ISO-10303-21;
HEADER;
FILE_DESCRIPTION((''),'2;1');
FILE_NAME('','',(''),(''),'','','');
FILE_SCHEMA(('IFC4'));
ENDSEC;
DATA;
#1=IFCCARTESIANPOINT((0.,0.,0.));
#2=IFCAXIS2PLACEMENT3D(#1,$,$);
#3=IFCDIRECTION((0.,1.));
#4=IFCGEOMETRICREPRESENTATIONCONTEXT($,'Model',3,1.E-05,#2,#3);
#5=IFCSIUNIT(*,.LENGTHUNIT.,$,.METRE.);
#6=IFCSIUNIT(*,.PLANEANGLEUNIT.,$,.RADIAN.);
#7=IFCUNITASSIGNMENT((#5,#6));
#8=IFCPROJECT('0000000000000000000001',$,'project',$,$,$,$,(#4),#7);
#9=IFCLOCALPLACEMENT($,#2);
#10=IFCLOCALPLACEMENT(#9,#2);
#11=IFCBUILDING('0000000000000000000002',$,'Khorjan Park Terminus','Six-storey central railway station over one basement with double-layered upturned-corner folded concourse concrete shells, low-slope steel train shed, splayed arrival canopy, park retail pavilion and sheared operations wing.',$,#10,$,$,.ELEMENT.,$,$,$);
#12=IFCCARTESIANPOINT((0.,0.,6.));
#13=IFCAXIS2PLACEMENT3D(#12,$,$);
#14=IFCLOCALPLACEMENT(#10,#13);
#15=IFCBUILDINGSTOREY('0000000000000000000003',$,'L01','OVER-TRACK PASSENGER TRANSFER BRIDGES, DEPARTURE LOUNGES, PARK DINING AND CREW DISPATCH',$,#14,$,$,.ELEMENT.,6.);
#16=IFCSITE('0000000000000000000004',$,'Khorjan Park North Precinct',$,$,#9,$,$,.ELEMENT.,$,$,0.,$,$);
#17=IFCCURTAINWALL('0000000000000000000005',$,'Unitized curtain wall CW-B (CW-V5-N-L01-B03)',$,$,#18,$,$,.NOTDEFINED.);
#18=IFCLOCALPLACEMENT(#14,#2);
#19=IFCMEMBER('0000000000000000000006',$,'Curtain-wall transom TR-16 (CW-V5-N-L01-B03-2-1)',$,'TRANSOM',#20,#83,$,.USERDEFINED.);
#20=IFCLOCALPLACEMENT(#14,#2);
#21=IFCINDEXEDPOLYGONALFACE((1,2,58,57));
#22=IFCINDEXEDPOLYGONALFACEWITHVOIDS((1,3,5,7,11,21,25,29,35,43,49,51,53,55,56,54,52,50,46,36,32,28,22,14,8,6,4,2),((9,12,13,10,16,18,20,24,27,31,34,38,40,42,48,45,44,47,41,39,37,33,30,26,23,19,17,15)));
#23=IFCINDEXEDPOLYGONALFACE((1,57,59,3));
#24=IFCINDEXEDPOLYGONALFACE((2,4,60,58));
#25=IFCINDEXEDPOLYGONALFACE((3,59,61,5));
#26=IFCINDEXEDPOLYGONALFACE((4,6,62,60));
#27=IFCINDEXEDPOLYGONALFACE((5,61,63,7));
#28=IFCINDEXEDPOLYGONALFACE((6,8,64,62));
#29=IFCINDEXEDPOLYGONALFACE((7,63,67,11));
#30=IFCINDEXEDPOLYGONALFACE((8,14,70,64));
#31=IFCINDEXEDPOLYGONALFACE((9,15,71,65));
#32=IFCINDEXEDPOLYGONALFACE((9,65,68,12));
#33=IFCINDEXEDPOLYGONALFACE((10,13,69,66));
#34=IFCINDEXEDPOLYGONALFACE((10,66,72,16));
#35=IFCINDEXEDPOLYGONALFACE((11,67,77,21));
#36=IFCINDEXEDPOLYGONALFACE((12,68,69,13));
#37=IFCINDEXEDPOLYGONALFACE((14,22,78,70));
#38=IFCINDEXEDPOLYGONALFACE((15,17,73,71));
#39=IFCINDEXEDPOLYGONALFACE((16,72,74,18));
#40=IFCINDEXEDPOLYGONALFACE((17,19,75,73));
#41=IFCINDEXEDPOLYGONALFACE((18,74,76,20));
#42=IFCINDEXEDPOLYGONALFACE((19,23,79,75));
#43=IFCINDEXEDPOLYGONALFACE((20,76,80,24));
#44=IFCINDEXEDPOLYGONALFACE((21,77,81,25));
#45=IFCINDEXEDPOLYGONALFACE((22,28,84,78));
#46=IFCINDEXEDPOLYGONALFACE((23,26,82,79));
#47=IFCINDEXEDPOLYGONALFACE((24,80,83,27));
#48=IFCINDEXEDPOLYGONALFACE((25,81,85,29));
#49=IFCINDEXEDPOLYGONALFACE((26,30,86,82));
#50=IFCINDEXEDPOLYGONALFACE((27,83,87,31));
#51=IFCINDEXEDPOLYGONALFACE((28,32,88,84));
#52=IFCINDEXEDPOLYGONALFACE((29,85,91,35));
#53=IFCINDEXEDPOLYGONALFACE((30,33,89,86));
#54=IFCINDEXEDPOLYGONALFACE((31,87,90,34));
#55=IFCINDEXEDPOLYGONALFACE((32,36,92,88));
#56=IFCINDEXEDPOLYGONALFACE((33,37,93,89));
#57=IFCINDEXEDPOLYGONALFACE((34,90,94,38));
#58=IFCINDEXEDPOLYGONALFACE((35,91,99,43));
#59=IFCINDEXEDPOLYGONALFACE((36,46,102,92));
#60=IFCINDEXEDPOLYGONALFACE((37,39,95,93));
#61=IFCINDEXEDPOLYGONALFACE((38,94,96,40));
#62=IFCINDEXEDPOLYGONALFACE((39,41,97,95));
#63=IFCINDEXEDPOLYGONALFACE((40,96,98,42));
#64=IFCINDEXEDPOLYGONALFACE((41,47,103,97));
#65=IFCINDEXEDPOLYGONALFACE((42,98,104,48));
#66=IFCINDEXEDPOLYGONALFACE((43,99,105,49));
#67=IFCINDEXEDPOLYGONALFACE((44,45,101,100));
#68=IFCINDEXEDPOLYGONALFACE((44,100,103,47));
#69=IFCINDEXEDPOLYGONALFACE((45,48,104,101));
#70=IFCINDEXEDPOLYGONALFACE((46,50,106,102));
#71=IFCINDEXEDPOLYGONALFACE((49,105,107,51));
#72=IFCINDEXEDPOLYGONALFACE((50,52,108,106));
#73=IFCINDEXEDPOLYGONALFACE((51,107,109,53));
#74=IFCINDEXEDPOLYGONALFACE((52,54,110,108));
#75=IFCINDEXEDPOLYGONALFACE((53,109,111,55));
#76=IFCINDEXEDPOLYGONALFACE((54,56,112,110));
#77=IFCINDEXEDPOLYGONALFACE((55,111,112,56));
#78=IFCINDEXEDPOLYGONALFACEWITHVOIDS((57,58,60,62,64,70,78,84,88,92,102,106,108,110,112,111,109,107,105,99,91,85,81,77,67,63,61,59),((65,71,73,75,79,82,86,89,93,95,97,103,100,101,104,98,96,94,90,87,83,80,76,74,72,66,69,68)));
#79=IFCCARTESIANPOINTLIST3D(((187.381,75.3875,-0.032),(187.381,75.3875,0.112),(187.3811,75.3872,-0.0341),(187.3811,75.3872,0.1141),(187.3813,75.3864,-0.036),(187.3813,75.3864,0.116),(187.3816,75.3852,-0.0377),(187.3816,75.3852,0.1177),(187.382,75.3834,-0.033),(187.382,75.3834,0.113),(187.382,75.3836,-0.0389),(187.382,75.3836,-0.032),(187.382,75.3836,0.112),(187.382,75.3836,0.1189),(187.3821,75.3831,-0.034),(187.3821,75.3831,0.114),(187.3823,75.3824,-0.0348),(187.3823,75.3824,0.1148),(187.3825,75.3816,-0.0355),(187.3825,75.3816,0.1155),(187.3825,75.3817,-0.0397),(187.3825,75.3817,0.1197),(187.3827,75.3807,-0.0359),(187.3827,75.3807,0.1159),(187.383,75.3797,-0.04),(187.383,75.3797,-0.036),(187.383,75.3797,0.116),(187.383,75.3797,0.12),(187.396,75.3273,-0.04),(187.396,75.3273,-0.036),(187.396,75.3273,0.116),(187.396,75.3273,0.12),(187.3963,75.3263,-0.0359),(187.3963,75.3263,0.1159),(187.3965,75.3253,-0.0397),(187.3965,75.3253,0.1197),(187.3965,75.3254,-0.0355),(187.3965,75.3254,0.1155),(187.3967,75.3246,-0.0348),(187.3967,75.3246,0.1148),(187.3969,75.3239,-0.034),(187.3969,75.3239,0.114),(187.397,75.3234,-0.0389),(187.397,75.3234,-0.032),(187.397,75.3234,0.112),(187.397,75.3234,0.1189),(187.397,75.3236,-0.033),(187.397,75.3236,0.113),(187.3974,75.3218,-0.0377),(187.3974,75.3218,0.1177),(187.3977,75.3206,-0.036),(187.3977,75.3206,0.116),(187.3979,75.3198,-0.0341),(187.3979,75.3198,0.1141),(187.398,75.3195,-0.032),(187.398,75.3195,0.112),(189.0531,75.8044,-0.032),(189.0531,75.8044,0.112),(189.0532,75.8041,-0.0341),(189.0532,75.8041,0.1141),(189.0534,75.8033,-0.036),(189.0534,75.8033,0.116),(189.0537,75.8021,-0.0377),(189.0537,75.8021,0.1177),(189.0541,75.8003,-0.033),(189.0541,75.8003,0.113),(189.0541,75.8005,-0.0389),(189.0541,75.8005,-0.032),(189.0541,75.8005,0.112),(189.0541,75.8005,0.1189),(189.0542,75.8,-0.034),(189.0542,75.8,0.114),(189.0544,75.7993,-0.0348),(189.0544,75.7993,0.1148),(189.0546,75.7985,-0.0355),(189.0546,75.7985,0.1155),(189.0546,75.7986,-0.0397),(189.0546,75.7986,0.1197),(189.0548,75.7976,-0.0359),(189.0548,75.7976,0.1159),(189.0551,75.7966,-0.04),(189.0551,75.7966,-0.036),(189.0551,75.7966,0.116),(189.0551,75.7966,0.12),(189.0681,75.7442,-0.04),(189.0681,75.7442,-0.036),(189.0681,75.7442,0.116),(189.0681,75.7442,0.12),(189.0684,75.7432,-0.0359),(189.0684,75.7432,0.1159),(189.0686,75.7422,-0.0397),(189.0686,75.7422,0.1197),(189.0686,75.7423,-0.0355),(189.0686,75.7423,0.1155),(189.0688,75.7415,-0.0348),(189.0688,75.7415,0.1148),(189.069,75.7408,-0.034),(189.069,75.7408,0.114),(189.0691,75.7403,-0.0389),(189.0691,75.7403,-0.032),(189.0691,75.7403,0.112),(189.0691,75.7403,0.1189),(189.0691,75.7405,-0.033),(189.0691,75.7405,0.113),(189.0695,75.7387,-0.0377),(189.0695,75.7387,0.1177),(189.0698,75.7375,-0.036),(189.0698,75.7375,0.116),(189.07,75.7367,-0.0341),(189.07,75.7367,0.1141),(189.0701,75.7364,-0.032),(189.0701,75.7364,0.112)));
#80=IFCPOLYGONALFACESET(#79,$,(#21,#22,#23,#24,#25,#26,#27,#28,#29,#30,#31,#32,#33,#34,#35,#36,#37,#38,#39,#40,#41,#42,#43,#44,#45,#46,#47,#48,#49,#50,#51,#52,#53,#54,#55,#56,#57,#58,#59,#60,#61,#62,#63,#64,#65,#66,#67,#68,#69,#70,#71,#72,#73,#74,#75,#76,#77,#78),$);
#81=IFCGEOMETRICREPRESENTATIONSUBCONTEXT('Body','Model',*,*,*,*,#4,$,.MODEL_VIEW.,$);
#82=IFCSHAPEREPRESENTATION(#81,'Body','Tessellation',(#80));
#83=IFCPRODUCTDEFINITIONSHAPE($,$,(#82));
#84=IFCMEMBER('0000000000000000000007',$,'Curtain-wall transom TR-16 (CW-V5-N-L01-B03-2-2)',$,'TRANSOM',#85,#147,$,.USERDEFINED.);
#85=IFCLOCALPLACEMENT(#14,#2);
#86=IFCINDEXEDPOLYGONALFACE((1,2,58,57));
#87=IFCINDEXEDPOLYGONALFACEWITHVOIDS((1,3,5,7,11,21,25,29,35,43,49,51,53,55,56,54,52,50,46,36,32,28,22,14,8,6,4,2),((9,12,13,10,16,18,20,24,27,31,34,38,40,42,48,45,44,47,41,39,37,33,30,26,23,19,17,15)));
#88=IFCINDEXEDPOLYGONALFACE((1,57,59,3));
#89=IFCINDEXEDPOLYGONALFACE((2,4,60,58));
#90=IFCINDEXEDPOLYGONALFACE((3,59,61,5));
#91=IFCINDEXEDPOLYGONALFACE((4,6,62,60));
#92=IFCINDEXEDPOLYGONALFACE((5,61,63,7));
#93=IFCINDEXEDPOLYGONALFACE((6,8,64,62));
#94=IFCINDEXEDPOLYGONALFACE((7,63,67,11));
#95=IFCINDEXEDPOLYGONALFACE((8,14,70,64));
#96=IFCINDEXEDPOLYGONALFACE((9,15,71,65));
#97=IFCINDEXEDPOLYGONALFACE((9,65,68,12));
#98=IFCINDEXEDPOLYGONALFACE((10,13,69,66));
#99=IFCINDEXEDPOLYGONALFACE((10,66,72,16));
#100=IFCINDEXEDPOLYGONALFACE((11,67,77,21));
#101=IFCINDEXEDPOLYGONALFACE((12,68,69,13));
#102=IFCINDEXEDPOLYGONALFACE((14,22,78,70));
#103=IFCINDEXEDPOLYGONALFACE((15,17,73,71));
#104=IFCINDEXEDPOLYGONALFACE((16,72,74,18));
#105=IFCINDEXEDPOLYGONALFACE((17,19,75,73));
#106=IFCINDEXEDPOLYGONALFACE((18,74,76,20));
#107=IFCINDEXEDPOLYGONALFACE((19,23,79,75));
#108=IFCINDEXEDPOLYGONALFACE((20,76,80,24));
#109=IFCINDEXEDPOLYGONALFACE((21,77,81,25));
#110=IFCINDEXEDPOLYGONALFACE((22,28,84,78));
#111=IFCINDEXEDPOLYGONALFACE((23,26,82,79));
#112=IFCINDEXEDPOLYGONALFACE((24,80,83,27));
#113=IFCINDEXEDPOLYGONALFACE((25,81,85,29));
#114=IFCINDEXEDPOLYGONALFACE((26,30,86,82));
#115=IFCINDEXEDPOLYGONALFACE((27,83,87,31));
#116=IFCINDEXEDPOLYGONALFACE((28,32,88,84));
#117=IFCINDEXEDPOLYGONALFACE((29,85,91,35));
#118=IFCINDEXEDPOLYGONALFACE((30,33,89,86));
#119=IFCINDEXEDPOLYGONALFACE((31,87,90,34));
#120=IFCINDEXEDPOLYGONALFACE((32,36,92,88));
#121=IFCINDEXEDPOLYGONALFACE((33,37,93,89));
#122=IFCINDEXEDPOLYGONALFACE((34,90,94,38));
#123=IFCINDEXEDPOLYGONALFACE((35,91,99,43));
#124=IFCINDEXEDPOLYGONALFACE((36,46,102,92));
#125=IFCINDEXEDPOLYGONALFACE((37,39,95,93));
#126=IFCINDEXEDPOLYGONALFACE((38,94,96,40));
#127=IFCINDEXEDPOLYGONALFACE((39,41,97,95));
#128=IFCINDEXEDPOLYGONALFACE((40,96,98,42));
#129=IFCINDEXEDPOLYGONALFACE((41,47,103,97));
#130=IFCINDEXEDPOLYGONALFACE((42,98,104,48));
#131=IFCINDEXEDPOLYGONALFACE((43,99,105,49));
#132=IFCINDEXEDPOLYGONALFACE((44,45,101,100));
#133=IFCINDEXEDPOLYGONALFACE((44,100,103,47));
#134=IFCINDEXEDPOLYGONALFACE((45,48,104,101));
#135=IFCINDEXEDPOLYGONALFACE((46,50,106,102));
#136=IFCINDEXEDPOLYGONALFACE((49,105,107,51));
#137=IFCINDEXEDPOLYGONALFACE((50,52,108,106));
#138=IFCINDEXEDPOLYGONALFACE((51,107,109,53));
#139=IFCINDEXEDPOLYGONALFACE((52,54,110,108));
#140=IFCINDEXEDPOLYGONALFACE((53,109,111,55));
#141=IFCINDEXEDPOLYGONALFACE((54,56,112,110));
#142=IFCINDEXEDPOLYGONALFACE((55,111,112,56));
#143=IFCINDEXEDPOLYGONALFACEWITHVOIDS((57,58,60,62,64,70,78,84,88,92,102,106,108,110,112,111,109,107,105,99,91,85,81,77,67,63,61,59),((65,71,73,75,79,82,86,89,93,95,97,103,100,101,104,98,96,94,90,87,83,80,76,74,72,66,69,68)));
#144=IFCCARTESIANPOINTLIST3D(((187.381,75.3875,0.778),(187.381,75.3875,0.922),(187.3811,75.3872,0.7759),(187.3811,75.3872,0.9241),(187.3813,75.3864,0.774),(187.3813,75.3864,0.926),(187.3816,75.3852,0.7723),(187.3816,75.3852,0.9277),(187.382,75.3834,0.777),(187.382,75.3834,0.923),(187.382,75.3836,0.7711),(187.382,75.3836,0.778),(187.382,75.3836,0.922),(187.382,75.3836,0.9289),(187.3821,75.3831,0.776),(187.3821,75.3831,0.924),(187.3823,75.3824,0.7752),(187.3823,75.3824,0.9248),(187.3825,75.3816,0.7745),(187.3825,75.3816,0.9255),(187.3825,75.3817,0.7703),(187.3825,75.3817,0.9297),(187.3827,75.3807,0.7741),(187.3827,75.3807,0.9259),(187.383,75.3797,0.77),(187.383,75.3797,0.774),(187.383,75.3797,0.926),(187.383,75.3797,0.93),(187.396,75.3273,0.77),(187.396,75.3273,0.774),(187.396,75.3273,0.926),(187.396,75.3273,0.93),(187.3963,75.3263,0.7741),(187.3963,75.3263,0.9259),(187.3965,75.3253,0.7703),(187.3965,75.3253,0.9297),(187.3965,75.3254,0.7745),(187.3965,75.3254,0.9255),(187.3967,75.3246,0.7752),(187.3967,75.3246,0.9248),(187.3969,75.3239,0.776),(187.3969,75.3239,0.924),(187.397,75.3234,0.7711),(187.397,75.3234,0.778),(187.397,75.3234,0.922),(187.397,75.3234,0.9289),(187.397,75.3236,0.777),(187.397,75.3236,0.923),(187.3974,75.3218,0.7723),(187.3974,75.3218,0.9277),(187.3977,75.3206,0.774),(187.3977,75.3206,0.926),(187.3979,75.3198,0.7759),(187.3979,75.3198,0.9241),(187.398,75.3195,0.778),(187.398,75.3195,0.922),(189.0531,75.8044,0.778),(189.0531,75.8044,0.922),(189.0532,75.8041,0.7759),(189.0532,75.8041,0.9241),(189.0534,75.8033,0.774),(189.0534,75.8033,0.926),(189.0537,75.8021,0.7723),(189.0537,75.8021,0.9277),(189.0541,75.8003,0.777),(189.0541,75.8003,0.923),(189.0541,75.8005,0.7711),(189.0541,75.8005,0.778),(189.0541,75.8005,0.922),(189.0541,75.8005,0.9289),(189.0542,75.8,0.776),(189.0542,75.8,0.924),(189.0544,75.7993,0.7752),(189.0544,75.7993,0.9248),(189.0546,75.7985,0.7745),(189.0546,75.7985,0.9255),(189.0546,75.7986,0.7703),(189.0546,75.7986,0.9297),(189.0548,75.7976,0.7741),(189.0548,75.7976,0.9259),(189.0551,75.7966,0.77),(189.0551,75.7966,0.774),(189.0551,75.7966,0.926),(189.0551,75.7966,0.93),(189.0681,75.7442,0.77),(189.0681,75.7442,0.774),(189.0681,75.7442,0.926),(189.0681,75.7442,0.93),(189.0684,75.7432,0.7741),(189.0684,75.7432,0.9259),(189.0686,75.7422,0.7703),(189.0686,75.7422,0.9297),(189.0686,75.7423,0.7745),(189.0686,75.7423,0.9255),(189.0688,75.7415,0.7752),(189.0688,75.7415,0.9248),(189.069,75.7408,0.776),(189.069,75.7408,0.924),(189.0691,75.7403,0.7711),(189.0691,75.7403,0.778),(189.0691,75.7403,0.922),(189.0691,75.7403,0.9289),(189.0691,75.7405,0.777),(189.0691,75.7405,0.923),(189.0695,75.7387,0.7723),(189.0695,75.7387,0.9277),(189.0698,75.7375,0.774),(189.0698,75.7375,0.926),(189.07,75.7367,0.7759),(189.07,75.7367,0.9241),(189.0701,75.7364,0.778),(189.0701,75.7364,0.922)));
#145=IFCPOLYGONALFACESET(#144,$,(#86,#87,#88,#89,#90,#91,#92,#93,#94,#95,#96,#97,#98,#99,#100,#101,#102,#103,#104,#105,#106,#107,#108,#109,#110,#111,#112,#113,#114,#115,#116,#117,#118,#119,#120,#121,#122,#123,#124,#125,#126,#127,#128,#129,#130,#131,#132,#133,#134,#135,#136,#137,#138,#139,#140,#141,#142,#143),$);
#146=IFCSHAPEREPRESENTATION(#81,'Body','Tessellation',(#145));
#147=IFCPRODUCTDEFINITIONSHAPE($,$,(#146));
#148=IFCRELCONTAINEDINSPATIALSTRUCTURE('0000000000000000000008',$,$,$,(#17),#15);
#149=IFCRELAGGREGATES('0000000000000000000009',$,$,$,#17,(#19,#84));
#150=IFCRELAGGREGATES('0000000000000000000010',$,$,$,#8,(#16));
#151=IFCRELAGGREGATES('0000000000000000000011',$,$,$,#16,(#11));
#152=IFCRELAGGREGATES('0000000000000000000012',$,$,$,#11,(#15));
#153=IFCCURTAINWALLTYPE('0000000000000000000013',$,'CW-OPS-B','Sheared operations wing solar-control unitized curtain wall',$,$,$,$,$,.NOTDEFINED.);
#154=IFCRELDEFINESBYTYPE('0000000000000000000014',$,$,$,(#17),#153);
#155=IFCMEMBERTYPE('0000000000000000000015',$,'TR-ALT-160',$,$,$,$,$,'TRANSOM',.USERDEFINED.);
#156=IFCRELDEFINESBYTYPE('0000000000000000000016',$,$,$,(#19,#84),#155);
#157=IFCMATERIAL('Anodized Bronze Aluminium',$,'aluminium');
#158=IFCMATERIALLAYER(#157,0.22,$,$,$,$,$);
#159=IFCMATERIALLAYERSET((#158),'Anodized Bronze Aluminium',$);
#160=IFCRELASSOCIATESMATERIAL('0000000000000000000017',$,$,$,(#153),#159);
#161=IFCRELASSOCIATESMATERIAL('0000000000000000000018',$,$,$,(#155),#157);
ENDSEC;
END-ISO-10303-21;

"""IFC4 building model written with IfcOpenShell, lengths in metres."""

from ifc_helpers import new_model, si_unit, direction, frame, origin, origin_2d, place, context, subcontext, project, spatial, hollow_rectangle, extrude, material, layer, layer_set, material_profile, profile_set, type_object, element, aggregate, save


model = new_model("IFC4")

# Units and contexts
model_context = context("Model", 3, precision=1e-05, world=origin(), true_north=direction((0.0, 1.0)))
body_context = subcontext(model_context, "Body", "Model", "MODEL_VIEW")
ifc_project = project(units=[si_unit("LENGTHUNIT", "METRE"), si_unit("PLANEANGLEUNIT", "RADIAN")], contexts=[model_context])

# Site, building, storey
site_placement = place(None, origin())
site = spatial("IfcSite", under=ifc_project, at=site_placement, Name="Khorjan Park North Precinct", CompositionType="ELEMENT", RefElevation=0.0)
building_placement = place(site_placement, origin())
building = spatial("IfcBuilding", under=site, at=building_placement, Name="Khorjan Park Terminus", Description="Six-storey central railway station over one basement with double-layered upturned-corner folded concourse concrete shells, low-slope steel train shed, splayed arrival canopy, park retail pavilion and sheared operations wing.", CompositionType="ELEMENT")
storey_placement = place(building_placement, frame((0.0, 0.0, 6.0)))
storey = spatial("IfcBuildingStorey", under=building, at=storey_placement, Name="L01", Description="OVER-TRACK PASSENGER TRANSFER BRIDGES, DEPARTURE LOUNGES, PARK DINING AND CREW DISPATCH", CompositionType="ELEMENT", Elevation=6.0)

# Curtain wall
ifc_material_1 = material(Name="Anodized Bronze Aluminium", Category="aluminium")
ifc_layer_1 = layer(ifc_material_1, 0.22)
ifc_layer_set_1 = layer_set([ifc_layer_1], Name="Anodized Bronze Aluminium")
curtain_wall_type = type_object("IfcCurtainWallType", Name="CW-OPS-B", Description="Sheared operations wing solar-control unitized curtain wall", PredefinedType="NOTDEFINED", material=ifc_layer_set_1)
curtain_wall_1_placement = place(storey_placement, origin())
curtain_wall_1 = element("IfcCurtainWall", 1, at=curtain_wall_1_placement, inside=storey, type_object=curtain_wall_type, Name="Unitized curtain wall CW-B (CW-V5-N-L01-B03)", PredefinedType="NOTDEFINED")

# Members
ifc_material_profile_1 = material_profile(ifc_material_1, hollow_rectangle(XDim=0.07, YDim=0.16, WallThickness=0.004, InnerFilletRadius=0.004, OuterFilletRadius=0.008, at=origin_2d()), Name="ALT 70x160x4")
ifc_profile_set_1 = profile_set([ifc_material_profile_1], Name="Anodized Bronze Aluminium")
member_type_1 = type_object("IfcMemberType", Name="TR-ALT-160", ElementType="TRANSOM", PredefinedType="USERDEFINED", material=ifc_profile_set_1)
member_1_placement = place(storey_placement, frame((189.0616, 75.7704, 0.04), z_axis=(-0.970296, -0.241921, 0.0), x_axis=(0.241921, -0.970296, 0.0)))
member_1 = element("IfcMember", 2, at=member_1_placement, type_object=member_type_1, Name="Curtain-wall transom TR-16 (CW-V5-N-L01-B03-2-1)", ObjectType="TRANSOM", PredefinedType="USERDEFINED", context=body_context, shape_type="SweptSolid", body=[
    extrude(hollow_rectangle(XDim=0.07, YDim=0.16, WallThickness=0.004, InnerFilletRadius=0.004, OuterFilletRadius=0.008, at=origin_2d()), origin(), (0.0, 0.0, 1.0), 1.7233),
])
member_2_placement = place(storey_placement, frame((189.0616, 75.7704, 0.85), z_axis=(-0.970296, -0.241921, 0.0), x_axis=(0.241921, -0.970296, 0.0)))
member_2 = element("IfcMember", 3, at=member_2_placement, type_object=member_type_1, Name="Curtain-wall transom TR-16 (CW-V5-N-L01-B03-2-2)", ObjectType="TRANSOM", PredefinedType="USERDEFINED", context=body_context, shape_type="SweptSolid", body=[
    extrude(hollow_rectangle(XDim=0.07, YDim=0.16, WallThickness=0.004, InnerFilletRadius=0.004, OuterFilletRadius=0.008, at=origin_2d()), origin(), (0.0, 0.0, 1.0), 1.7233),
])

aggregate(curtain_wall_1, [member_1, member_2])

save(model, "model.ifc")
